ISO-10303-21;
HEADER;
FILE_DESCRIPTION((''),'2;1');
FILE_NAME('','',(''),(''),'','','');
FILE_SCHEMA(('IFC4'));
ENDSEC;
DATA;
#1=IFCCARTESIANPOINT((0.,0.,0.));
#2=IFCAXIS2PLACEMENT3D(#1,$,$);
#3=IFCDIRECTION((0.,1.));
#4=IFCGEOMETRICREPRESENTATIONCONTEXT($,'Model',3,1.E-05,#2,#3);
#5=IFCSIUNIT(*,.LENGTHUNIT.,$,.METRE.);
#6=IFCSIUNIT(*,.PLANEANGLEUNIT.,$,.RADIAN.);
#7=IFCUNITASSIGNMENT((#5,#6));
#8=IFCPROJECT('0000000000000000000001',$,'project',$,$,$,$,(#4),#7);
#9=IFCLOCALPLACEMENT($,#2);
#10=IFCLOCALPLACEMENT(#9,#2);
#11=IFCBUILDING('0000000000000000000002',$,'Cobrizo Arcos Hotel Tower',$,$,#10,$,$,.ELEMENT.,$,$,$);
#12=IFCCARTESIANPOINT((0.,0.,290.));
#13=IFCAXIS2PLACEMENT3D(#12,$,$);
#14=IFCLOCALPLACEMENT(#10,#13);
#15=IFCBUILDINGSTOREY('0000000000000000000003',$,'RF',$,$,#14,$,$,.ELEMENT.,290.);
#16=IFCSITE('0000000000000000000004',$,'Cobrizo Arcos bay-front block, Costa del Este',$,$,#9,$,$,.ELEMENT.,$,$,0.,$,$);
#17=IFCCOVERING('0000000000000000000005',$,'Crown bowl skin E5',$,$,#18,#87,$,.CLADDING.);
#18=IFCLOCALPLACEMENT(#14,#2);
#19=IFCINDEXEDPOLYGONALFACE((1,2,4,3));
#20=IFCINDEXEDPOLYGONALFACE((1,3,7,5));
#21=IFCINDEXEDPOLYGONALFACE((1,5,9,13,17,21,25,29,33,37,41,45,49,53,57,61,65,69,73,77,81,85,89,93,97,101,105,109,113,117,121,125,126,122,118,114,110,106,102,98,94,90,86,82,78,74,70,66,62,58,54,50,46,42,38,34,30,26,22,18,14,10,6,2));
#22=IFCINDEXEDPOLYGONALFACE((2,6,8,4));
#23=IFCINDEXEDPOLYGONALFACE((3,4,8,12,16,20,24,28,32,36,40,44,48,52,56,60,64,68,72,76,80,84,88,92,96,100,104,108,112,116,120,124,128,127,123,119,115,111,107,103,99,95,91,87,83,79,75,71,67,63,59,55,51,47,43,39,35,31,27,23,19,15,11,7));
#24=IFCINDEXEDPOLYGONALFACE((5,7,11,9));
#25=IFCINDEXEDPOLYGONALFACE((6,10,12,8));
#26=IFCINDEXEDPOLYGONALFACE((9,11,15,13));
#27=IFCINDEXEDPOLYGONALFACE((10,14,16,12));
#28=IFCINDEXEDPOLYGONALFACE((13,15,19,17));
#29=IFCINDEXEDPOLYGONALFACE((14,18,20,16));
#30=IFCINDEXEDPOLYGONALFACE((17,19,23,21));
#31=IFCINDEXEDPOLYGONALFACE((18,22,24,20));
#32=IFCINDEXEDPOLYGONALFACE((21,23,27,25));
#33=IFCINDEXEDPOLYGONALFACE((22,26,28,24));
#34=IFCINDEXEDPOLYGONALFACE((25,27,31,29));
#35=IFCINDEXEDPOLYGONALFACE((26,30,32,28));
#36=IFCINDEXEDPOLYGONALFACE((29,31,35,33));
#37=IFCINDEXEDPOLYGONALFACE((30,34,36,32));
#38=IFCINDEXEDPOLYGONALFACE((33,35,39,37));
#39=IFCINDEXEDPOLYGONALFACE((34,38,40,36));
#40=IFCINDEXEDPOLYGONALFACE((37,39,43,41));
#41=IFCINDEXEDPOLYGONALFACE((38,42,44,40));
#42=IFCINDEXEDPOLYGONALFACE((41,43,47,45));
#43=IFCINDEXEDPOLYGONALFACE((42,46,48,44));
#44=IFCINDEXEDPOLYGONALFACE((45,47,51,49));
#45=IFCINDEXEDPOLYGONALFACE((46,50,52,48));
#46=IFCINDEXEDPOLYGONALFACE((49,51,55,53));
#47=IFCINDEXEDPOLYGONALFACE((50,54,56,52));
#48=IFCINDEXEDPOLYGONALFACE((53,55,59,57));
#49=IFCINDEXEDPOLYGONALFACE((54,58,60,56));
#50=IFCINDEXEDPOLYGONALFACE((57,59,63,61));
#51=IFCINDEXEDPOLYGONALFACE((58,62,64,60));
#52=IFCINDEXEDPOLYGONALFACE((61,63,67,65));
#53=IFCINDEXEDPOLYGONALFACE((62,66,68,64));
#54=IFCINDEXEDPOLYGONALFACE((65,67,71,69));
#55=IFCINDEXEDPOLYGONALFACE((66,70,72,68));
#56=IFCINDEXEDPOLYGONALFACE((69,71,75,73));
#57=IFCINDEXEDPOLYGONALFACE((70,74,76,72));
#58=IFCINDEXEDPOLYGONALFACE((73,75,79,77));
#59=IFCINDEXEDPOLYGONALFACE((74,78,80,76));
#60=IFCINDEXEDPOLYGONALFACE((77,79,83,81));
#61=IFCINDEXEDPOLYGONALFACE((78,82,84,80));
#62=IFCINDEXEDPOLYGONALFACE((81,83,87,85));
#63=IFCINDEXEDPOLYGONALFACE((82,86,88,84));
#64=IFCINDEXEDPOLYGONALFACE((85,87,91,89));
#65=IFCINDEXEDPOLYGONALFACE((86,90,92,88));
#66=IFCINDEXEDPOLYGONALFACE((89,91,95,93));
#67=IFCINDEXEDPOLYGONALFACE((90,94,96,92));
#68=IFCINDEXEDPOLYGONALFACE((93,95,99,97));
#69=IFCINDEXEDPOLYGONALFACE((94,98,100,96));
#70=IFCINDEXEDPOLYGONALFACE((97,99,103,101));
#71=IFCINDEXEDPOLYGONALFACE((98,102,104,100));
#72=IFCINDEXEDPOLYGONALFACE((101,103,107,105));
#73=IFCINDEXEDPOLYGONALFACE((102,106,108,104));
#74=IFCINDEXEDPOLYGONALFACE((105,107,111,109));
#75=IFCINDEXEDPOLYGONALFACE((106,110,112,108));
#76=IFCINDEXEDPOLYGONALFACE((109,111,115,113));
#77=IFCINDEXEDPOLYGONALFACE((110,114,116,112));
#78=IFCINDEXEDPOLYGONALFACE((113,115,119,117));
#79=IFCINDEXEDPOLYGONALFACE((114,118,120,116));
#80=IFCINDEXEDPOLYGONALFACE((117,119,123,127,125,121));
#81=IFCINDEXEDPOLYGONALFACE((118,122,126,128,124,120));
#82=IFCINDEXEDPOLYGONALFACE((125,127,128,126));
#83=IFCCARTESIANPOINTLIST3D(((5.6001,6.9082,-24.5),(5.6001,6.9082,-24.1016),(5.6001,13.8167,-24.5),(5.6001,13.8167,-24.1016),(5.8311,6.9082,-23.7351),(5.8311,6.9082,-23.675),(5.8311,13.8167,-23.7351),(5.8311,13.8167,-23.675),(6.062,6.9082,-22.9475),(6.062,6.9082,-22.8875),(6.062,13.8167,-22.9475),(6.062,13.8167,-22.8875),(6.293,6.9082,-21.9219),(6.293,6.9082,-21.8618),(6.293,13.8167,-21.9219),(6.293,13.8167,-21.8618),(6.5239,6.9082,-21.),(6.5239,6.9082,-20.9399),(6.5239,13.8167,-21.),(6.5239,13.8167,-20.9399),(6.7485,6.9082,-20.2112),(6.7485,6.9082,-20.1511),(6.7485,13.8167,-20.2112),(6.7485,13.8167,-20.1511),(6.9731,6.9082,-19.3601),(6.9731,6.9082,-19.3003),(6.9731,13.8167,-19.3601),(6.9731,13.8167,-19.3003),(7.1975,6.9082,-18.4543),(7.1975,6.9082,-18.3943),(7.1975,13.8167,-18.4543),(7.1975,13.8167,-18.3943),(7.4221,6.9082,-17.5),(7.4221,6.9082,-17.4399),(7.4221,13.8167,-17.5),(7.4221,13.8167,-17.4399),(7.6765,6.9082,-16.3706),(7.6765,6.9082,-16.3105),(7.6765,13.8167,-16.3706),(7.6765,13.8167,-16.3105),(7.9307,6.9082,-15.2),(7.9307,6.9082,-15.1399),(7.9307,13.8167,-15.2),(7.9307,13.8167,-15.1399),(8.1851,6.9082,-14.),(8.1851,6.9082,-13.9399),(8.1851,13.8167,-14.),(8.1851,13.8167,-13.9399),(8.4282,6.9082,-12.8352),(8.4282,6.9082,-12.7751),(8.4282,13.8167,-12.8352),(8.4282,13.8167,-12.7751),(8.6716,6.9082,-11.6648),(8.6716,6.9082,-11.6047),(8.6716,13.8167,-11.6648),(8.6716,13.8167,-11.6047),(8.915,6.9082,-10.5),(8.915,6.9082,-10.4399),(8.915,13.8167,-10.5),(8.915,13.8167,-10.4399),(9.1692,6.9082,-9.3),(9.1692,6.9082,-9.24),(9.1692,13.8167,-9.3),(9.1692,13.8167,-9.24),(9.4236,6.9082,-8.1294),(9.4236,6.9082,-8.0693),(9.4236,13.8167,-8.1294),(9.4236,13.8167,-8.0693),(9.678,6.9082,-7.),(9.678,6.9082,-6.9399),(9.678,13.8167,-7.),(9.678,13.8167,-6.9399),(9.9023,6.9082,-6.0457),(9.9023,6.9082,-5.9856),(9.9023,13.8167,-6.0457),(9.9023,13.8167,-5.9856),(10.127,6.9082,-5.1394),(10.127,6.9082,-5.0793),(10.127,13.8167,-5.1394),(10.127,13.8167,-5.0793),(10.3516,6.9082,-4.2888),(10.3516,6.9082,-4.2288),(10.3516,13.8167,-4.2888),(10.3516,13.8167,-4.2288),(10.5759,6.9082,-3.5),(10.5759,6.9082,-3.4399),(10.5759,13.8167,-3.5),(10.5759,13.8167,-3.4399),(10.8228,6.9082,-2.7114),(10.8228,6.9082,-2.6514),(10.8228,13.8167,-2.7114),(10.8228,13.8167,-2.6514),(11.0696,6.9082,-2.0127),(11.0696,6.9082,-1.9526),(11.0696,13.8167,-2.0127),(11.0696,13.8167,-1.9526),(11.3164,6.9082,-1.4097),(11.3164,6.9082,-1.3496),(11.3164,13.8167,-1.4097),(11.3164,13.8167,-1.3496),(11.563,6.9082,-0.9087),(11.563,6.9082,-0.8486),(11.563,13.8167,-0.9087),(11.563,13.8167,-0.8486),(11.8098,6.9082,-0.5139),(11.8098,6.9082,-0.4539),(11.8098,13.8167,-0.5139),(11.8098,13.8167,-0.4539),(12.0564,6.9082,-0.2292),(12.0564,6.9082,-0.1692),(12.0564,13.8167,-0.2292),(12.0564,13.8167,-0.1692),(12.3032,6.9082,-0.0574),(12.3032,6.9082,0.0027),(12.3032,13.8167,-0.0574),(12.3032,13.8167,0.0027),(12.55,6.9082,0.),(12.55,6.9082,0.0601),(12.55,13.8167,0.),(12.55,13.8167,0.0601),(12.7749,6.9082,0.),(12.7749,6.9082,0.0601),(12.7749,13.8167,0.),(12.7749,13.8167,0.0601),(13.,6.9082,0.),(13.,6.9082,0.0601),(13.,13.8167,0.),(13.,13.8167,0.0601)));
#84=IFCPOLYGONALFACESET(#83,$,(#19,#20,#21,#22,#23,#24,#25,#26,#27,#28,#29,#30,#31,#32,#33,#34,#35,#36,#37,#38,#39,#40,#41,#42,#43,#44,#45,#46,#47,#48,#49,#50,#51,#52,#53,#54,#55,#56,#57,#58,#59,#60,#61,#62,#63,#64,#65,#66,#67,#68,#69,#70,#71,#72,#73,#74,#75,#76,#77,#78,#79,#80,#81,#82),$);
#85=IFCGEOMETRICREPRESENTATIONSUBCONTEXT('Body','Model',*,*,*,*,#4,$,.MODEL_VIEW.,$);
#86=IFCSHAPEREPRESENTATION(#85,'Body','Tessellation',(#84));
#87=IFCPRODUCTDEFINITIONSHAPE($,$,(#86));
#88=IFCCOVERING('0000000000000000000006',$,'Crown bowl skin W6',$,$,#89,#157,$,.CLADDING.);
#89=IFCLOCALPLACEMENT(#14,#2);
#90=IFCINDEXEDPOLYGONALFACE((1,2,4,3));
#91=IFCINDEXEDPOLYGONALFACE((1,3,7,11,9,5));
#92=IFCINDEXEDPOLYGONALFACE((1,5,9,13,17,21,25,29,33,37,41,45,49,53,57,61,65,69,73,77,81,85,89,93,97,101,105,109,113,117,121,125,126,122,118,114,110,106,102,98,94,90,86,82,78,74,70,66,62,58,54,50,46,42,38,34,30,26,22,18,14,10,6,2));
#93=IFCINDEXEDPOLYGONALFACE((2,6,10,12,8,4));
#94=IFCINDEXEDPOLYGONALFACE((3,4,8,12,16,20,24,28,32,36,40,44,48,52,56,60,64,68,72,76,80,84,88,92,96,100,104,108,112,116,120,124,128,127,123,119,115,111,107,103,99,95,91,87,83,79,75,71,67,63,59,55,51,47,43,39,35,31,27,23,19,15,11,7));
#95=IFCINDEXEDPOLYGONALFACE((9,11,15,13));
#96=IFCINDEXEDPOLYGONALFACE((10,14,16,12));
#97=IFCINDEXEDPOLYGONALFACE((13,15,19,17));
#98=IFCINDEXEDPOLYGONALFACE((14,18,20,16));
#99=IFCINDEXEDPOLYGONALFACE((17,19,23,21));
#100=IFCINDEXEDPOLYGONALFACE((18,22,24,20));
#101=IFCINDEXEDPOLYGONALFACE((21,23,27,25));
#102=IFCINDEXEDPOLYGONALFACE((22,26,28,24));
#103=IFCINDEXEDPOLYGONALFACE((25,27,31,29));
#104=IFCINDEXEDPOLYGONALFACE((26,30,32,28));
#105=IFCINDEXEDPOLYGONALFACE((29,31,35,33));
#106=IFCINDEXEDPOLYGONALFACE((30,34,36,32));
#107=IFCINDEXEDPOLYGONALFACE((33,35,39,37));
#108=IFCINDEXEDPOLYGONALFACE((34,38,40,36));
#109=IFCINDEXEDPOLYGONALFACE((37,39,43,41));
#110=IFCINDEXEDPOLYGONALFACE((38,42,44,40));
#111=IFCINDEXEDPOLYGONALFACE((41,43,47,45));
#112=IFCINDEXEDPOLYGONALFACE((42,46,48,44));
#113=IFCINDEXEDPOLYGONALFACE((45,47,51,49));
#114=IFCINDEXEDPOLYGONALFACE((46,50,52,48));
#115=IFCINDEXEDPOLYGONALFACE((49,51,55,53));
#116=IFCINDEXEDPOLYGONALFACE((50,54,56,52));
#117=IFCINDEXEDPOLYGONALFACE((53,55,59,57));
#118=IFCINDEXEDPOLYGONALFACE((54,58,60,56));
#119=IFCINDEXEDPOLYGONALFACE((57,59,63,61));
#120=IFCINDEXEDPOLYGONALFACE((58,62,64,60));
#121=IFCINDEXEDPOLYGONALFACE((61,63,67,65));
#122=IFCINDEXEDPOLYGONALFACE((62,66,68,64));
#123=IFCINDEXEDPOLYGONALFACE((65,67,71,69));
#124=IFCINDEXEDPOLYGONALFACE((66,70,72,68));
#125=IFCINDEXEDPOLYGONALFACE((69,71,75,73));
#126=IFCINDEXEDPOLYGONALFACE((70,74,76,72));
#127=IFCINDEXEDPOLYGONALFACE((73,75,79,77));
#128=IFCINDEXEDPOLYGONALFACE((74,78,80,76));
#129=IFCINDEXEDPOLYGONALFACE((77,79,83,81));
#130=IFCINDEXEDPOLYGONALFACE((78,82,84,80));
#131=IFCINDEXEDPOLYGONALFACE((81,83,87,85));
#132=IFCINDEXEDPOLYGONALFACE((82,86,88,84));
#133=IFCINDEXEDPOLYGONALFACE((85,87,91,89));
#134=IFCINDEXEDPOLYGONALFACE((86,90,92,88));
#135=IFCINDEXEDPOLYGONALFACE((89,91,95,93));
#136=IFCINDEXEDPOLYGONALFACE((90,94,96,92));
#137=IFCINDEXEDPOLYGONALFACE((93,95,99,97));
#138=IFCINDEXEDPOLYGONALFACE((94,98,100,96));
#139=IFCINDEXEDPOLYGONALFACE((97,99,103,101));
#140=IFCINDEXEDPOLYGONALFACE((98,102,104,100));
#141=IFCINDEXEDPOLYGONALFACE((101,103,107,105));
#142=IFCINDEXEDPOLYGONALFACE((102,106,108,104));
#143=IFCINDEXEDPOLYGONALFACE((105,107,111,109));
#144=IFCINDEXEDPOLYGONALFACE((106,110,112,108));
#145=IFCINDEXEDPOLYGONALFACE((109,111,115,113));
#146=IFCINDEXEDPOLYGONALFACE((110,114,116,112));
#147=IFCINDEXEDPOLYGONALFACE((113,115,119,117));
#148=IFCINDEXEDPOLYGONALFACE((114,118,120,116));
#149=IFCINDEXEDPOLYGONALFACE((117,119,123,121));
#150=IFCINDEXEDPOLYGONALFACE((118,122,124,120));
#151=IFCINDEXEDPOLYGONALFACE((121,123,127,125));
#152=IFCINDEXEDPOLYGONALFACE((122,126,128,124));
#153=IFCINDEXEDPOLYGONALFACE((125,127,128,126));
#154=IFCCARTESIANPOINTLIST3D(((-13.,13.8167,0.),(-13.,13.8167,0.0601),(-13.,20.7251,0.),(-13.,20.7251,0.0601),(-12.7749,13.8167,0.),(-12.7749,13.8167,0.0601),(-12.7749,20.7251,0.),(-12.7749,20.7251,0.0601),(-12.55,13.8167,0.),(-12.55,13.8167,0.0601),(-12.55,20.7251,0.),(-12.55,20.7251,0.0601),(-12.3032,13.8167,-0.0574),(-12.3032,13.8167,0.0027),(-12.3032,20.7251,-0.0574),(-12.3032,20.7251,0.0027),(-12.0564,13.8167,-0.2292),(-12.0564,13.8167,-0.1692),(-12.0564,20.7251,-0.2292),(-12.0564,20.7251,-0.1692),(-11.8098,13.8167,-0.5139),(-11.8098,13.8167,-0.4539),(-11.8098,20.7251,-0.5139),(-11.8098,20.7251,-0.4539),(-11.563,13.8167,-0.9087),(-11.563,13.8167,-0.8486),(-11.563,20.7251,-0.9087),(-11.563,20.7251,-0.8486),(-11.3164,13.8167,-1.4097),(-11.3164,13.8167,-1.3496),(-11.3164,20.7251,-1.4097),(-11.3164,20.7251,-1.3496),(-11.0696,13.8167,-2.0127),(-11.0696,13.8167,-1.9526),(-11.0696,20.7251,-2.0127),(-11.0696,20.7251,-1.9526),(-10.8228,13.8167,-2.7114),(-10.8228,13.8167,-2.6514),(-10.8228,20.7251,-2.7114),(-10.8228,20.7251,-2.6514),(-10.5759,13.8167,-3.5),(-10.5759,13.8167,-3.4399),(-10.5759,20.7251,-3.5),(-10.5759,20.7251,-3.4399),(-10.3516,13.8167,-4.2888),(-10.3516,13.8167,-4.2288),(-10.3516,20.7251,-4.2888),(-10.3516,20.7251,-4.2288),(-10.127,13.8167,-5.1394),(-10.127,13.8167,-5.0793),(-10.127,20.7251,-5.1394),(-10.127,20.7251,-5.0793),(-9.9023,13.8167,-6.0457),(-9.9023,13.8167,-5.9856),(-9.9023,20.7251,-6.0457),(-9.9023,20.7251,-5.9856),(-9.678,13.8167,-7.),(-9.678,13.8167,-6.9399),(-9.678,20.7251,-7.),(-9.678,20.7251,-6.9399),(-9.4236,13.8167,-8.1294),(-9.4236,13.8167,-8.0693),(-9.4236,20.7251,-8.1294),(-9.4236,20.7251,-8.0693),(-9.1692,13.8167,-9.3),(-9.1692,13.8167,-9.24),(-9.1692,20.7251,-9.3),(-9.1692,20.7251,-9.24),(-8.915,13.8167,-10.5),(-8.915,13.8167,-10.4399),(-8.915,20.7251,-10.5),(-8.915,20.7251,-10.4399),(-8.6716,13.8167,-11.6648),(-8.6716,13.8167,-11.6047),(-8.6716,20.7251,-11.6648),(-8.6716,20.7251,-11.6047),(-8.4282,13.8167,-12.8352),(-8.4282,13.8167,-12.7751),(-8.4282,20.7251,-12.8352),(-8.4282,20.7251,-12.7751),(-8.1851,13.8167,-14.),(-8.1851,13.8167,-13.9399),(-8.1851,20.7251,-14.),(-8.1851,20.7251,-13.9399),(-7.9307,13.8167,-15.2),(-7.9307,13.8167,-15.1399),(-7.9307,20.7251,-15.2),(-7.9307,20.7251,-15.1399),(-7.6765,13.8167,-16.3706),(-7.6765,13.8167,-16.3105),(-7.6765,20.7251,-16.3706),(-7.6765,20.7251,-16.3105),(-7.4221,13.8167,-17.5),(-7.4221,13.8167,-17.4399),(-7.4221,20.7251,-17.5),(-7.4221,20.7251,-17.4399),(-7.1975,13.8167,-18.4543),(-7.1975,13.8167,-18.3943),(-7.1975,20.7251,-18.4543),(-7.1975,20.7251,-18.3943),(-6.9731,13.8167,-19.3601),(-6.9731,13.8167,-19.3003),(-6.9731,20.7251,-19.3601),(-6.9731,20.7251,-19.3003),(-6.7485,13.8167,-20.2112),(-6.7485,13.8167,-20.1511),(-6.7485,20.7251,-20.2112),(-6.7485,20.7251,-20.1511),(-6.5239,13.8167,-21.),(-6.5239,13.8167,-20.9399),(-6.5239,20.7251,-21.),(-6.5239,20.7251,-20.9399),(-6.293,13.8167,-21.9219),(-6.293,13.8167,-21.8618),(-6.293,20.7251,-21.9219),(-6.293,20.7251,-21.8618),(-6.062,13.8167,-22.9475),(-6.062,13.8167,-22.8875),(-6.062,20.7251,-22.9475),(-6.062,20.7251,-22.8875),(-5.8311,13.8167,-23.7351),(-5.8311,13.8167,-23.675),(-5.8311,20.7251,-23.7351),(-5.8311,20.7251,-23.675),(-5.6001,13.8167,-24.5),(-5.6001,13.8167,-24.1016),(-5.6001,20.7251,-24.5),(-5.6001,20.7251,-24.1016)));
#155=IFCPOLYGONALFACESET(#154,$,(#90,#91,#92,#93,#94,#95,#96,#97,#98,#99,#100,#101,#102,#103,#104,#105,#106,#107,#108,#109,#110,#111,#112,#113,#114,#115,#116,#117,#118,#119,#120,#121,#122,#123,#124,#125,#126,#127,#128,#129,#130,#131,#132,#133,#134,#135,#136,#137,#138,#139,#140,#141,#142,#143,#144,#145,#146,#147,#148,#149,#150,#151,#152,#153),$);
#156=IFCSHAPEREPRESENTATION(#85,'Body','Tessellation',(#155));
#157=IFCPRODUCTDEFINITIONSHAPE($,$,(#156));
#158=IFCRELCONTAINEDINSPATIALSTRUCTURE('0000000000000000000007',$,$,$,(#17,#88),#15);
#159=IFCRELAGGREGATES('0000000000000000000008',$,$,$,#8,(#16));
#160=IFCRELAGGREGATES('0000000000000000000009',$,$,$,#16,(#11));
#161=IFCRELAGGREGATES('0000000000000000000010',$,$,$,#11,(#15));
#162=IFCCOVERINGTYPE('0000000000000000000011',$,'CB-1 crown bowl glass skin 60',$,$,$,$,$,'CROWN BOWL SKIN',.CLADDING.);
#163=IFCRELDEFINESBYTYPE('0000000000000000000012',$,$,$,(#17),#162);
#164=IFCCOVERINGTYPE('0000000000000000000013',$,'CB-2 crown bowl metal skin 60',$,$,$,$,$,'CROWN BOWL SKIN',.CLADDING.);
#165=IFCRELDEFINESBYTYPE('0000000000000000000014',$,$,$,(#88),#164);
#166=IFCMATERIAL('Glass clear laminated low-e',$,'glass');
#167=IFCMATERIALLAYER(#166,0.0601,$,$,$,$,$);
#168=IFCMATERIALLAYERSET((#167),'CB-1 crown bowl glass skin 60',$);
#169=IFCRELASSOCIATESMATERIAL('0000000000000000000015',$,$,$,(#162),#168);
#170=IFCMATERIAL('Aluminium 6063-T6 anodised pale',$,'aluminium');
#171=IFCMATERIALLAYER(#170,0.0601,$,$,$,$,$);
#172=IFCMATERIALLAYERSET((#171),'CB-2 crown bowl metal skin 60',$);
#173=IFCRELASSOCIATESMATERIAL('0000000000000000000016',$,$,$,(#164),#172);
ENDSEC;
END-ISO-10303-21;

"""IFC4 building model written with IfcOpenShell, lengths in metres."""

from ifc_helpers import new_model, si_unit, direction, frame, origin, place, context, subcontext, project, spatial, polyline, outline, extrude, material, layer, layer_set, type_object, element, save


model = new_model("IFC4")

# Units and contexts
model_context = context("Model", 3, precision=1e-05, world=origin(), true_north=direction((0.0, 1.0)))
body_context = subcontext(model_context, "Body", "Model", "MODEL_VIEW")
ifc_project = project(units=[si_unit("LENGTHUNIT", "METRE"), si_unit("PLANEANGLEUNIT", "RADIAN")], contexts=[model_context])

# Site, building, storey
site_placement = place(None, origin())
site = spatial("IfcSite", under=ifc_project, at=site_placement, Name="Cobrizo Arcos bay-front block, Costa del Este", CompositionType="ELEMENT", RefElevation=0.0)
building_placement = place(site_placement, origin())
building = spatial("IfcBuilding", under=site, at=building_placement, Name="Cobrizo Arcos Hotel Tower", CompositionType="ELEMENT")
storey_placement = place(building_placement, frame((0.0, 0.0, 290.0)))
storey = spatial("IfcBuildingStorey", under=building, at=storey_placement, Name="RF", CompositionType="ELEMENT", Elevation=290.0)

# Shared definitions
ifc_material_1 = material(Name="Glass clear laminated low-e", Category="glass")

# Coverings
ifc_layer_1 = layer(ifc_material_1, 0.0601)
ifc_layer_set_1 = layer_set([ifc_layer_1], Name="CB-1 crown bowl glass skin 60")
covering_type_1 = type_object("IfcCoveringType", Name="CB-1 crown bowl glass skin 60", ElementType="CROWN BOWL SKIN", PredefinedType="CLADDING", material=ifc_layer_set_1)
covering_1_placement = place(storey_placement, frame((0.0, 6.9082, -24.5), z_axis=(0.0, 1.0, 0.0), x_axis=(-1.0, 0.0, 0.0)))
element("IfcCovering", 1, at=covering_1_placement, inside=storey, type_object=covering_type_1, Name="Crown bowl skin E5", PredefinedType="CLADDING", context=body_context, shape_type="SweptSolid", body=[
    extrude(outline(polyline([(-5.6001, 0.0), (-5.6001, 0.3984), (-5.8311, 0.825), (-6.062, 1.6125), (-6.293, 2.6382), (-6.5239, 3.5601), (-6.7485, 4.3489), (-6.9731, 5.1997), (-7.1975, 6.1057), (-7.4221, 7.0601), (-7.6765, 8.1895), (-7.9307, 9.3601), (-8.1851, 10.5601), (-8.4282, 11.7249), (-8.6716, 12.8953), (-8.915, 14.0601), (-9.1692, 15.26), (-9.4236, 16.4307), (-9.678, 17.5601), (-9.9023, 18.5144), (-10.127, 19.4207), (-10.3516, 20.2712), (-10.5759, 21.0601), (-10.8228, 21.8486), (-11.0696, 22.5474), (-11.3164, 23.1504), (-11.563, 23.6514), (-11.8098, 24.0461), (-12.0564, 24.3308), (-12.3032, 24.5027), (-12.55, 24.5601), (-12.7749, 24.5601), (-13.0, 24.5601), (-13.0, 24.5), (-12.7749, 24.5), (-12.55, 24.5), (-12.3032, 24.4426), (-12.0564, 24.2708), (-11.8098, 23.9861), (-11.563, 23.5913), (-11.3164, 23.0903), (-11.0696, 22.4873), (-10.8228, 21.7886), (-10.5759, 21.0), (-10.3516, 20.2112), (-10.127, 19.3606), (-9.9023, 18.4543), (-9.678, 17.5), (-9.4236, 16.3706), (-9.1692, 15.2), (-8.915, 14.0), (-8.6716, 12.8352), (-8.4282, 11.6648), (-8.1851, 10.5), (-7.9307, 9.3), (-7.6765, 8.1294), (-7.4221, 7.0), (-7.1975, 6.0457), (-6.9731, 5.1399), (-6.7485, 4.2888), (-6.5239, 3.5), (-6.293, 2.5781), (-6.062, 1.5525), (-5.8311, 0.7649), (-5.6001, 0.0)])), origin(), (0.0, 0.0, 1.0), 6.9084),
])
ifc_material_2 = material(Name="Aluminium 6063-T6 anodised pale", Category="aluminium")
ifc_layer_2 = layer(ifc_material_2, 0.0601)
ifc_layer_set_2 = layer_set([ifc_layer_2], Name="CB-2 crown bowl metal skin 60")
covering_type_2 = type_object("IfcCoveringType", Name="CB-2 crown bowl metal skin 60", ElementType="CROWN BOWL SKIN", PredefinedType="CLADDING", material=ifc_layer_set_2)
covering_2_placement = place(storey_placement, frame((0.0, 13.8167, -24.5), z_axis=(0.0, 1.0, 0.0), x_axis=(-1.0, 0.0, 0.0)))
element("IfcCovering", 2, at=covering_2_placement, inside=storey, type_object=covering_type_2, Name="Crown bowl skin W6", PredefinedType="CLADDING", context=body_context, shape_type="SweptSolid", body=[
    extrude(outline(polyline([(5.8311, 0.7649), (6.062, 1.5525), (6.293, 2.5781), (6.5239, 3.5), (6.7485, 4.2888), (6.9731, 5.1399), (7.1975, 6.0457), (7.4221, 7.0), (7.6765, 8.1294), (7.9307, 9.3), (8.1851, 10.5), (8.4282, 11.6648), (8.6716, 12.8352), (8.915, 14.0), (9.1692, 15.2), (9.4236, 16.3706), (9.678, 17.5), (9.9023, 18.4543), (10.127, 19.3606), (10.3516, 20.2112), (10.5759, 21.0), (10.8228, 21.7886), (11.0696, 22.4873), (11.3164, 23.0903), (11.563, 23.5913), (11.8098, 23.9861), (12.0564, 24.2708), (12.3032, 24.4426), (12.55, 24.5), (12.7749, 24.5), (13.0, 24.5), (13.0, 24.5601), (12.7749, 24.5601), (12.55, 24.5601), (12.3032, 24.5027), (12.0564, 24.3308), (11.8098, 24.0461), (11.563, 23.6514), (11.3164, 23.1504), (11.0696, 22.5474), (10.8228, 21.8486), (10.5759, 21.0601), (10.3516, 20.2712), (10.127, 19.4207), (9.9023, 18.5144), (9.678, 17.5601), (9.4236, 16.4307), (9.1692, 15.26), (8.915, 14.0601), (8.6716, 12.8953), (8.4282, 11.7249), (8.1851, 10.5601), (7.9307, 9.3601), (7.6765, 8.1895), (7.4221, 7.0601), (7.1975, 6.1057), (6.9731, 5.1997), (6.7485, 4.3489), (6.5239, 3.5601), (6.293, 2.6382), (6.062, 1.6125), (5.8311, 0.825), (5.6001, 0.3984), (5.6001, 0.0), (5.8311, 0.7649)])), origin(), (0.0, 0.0, 1.0), 6.9084),
])

save(model, "model.ifc")
